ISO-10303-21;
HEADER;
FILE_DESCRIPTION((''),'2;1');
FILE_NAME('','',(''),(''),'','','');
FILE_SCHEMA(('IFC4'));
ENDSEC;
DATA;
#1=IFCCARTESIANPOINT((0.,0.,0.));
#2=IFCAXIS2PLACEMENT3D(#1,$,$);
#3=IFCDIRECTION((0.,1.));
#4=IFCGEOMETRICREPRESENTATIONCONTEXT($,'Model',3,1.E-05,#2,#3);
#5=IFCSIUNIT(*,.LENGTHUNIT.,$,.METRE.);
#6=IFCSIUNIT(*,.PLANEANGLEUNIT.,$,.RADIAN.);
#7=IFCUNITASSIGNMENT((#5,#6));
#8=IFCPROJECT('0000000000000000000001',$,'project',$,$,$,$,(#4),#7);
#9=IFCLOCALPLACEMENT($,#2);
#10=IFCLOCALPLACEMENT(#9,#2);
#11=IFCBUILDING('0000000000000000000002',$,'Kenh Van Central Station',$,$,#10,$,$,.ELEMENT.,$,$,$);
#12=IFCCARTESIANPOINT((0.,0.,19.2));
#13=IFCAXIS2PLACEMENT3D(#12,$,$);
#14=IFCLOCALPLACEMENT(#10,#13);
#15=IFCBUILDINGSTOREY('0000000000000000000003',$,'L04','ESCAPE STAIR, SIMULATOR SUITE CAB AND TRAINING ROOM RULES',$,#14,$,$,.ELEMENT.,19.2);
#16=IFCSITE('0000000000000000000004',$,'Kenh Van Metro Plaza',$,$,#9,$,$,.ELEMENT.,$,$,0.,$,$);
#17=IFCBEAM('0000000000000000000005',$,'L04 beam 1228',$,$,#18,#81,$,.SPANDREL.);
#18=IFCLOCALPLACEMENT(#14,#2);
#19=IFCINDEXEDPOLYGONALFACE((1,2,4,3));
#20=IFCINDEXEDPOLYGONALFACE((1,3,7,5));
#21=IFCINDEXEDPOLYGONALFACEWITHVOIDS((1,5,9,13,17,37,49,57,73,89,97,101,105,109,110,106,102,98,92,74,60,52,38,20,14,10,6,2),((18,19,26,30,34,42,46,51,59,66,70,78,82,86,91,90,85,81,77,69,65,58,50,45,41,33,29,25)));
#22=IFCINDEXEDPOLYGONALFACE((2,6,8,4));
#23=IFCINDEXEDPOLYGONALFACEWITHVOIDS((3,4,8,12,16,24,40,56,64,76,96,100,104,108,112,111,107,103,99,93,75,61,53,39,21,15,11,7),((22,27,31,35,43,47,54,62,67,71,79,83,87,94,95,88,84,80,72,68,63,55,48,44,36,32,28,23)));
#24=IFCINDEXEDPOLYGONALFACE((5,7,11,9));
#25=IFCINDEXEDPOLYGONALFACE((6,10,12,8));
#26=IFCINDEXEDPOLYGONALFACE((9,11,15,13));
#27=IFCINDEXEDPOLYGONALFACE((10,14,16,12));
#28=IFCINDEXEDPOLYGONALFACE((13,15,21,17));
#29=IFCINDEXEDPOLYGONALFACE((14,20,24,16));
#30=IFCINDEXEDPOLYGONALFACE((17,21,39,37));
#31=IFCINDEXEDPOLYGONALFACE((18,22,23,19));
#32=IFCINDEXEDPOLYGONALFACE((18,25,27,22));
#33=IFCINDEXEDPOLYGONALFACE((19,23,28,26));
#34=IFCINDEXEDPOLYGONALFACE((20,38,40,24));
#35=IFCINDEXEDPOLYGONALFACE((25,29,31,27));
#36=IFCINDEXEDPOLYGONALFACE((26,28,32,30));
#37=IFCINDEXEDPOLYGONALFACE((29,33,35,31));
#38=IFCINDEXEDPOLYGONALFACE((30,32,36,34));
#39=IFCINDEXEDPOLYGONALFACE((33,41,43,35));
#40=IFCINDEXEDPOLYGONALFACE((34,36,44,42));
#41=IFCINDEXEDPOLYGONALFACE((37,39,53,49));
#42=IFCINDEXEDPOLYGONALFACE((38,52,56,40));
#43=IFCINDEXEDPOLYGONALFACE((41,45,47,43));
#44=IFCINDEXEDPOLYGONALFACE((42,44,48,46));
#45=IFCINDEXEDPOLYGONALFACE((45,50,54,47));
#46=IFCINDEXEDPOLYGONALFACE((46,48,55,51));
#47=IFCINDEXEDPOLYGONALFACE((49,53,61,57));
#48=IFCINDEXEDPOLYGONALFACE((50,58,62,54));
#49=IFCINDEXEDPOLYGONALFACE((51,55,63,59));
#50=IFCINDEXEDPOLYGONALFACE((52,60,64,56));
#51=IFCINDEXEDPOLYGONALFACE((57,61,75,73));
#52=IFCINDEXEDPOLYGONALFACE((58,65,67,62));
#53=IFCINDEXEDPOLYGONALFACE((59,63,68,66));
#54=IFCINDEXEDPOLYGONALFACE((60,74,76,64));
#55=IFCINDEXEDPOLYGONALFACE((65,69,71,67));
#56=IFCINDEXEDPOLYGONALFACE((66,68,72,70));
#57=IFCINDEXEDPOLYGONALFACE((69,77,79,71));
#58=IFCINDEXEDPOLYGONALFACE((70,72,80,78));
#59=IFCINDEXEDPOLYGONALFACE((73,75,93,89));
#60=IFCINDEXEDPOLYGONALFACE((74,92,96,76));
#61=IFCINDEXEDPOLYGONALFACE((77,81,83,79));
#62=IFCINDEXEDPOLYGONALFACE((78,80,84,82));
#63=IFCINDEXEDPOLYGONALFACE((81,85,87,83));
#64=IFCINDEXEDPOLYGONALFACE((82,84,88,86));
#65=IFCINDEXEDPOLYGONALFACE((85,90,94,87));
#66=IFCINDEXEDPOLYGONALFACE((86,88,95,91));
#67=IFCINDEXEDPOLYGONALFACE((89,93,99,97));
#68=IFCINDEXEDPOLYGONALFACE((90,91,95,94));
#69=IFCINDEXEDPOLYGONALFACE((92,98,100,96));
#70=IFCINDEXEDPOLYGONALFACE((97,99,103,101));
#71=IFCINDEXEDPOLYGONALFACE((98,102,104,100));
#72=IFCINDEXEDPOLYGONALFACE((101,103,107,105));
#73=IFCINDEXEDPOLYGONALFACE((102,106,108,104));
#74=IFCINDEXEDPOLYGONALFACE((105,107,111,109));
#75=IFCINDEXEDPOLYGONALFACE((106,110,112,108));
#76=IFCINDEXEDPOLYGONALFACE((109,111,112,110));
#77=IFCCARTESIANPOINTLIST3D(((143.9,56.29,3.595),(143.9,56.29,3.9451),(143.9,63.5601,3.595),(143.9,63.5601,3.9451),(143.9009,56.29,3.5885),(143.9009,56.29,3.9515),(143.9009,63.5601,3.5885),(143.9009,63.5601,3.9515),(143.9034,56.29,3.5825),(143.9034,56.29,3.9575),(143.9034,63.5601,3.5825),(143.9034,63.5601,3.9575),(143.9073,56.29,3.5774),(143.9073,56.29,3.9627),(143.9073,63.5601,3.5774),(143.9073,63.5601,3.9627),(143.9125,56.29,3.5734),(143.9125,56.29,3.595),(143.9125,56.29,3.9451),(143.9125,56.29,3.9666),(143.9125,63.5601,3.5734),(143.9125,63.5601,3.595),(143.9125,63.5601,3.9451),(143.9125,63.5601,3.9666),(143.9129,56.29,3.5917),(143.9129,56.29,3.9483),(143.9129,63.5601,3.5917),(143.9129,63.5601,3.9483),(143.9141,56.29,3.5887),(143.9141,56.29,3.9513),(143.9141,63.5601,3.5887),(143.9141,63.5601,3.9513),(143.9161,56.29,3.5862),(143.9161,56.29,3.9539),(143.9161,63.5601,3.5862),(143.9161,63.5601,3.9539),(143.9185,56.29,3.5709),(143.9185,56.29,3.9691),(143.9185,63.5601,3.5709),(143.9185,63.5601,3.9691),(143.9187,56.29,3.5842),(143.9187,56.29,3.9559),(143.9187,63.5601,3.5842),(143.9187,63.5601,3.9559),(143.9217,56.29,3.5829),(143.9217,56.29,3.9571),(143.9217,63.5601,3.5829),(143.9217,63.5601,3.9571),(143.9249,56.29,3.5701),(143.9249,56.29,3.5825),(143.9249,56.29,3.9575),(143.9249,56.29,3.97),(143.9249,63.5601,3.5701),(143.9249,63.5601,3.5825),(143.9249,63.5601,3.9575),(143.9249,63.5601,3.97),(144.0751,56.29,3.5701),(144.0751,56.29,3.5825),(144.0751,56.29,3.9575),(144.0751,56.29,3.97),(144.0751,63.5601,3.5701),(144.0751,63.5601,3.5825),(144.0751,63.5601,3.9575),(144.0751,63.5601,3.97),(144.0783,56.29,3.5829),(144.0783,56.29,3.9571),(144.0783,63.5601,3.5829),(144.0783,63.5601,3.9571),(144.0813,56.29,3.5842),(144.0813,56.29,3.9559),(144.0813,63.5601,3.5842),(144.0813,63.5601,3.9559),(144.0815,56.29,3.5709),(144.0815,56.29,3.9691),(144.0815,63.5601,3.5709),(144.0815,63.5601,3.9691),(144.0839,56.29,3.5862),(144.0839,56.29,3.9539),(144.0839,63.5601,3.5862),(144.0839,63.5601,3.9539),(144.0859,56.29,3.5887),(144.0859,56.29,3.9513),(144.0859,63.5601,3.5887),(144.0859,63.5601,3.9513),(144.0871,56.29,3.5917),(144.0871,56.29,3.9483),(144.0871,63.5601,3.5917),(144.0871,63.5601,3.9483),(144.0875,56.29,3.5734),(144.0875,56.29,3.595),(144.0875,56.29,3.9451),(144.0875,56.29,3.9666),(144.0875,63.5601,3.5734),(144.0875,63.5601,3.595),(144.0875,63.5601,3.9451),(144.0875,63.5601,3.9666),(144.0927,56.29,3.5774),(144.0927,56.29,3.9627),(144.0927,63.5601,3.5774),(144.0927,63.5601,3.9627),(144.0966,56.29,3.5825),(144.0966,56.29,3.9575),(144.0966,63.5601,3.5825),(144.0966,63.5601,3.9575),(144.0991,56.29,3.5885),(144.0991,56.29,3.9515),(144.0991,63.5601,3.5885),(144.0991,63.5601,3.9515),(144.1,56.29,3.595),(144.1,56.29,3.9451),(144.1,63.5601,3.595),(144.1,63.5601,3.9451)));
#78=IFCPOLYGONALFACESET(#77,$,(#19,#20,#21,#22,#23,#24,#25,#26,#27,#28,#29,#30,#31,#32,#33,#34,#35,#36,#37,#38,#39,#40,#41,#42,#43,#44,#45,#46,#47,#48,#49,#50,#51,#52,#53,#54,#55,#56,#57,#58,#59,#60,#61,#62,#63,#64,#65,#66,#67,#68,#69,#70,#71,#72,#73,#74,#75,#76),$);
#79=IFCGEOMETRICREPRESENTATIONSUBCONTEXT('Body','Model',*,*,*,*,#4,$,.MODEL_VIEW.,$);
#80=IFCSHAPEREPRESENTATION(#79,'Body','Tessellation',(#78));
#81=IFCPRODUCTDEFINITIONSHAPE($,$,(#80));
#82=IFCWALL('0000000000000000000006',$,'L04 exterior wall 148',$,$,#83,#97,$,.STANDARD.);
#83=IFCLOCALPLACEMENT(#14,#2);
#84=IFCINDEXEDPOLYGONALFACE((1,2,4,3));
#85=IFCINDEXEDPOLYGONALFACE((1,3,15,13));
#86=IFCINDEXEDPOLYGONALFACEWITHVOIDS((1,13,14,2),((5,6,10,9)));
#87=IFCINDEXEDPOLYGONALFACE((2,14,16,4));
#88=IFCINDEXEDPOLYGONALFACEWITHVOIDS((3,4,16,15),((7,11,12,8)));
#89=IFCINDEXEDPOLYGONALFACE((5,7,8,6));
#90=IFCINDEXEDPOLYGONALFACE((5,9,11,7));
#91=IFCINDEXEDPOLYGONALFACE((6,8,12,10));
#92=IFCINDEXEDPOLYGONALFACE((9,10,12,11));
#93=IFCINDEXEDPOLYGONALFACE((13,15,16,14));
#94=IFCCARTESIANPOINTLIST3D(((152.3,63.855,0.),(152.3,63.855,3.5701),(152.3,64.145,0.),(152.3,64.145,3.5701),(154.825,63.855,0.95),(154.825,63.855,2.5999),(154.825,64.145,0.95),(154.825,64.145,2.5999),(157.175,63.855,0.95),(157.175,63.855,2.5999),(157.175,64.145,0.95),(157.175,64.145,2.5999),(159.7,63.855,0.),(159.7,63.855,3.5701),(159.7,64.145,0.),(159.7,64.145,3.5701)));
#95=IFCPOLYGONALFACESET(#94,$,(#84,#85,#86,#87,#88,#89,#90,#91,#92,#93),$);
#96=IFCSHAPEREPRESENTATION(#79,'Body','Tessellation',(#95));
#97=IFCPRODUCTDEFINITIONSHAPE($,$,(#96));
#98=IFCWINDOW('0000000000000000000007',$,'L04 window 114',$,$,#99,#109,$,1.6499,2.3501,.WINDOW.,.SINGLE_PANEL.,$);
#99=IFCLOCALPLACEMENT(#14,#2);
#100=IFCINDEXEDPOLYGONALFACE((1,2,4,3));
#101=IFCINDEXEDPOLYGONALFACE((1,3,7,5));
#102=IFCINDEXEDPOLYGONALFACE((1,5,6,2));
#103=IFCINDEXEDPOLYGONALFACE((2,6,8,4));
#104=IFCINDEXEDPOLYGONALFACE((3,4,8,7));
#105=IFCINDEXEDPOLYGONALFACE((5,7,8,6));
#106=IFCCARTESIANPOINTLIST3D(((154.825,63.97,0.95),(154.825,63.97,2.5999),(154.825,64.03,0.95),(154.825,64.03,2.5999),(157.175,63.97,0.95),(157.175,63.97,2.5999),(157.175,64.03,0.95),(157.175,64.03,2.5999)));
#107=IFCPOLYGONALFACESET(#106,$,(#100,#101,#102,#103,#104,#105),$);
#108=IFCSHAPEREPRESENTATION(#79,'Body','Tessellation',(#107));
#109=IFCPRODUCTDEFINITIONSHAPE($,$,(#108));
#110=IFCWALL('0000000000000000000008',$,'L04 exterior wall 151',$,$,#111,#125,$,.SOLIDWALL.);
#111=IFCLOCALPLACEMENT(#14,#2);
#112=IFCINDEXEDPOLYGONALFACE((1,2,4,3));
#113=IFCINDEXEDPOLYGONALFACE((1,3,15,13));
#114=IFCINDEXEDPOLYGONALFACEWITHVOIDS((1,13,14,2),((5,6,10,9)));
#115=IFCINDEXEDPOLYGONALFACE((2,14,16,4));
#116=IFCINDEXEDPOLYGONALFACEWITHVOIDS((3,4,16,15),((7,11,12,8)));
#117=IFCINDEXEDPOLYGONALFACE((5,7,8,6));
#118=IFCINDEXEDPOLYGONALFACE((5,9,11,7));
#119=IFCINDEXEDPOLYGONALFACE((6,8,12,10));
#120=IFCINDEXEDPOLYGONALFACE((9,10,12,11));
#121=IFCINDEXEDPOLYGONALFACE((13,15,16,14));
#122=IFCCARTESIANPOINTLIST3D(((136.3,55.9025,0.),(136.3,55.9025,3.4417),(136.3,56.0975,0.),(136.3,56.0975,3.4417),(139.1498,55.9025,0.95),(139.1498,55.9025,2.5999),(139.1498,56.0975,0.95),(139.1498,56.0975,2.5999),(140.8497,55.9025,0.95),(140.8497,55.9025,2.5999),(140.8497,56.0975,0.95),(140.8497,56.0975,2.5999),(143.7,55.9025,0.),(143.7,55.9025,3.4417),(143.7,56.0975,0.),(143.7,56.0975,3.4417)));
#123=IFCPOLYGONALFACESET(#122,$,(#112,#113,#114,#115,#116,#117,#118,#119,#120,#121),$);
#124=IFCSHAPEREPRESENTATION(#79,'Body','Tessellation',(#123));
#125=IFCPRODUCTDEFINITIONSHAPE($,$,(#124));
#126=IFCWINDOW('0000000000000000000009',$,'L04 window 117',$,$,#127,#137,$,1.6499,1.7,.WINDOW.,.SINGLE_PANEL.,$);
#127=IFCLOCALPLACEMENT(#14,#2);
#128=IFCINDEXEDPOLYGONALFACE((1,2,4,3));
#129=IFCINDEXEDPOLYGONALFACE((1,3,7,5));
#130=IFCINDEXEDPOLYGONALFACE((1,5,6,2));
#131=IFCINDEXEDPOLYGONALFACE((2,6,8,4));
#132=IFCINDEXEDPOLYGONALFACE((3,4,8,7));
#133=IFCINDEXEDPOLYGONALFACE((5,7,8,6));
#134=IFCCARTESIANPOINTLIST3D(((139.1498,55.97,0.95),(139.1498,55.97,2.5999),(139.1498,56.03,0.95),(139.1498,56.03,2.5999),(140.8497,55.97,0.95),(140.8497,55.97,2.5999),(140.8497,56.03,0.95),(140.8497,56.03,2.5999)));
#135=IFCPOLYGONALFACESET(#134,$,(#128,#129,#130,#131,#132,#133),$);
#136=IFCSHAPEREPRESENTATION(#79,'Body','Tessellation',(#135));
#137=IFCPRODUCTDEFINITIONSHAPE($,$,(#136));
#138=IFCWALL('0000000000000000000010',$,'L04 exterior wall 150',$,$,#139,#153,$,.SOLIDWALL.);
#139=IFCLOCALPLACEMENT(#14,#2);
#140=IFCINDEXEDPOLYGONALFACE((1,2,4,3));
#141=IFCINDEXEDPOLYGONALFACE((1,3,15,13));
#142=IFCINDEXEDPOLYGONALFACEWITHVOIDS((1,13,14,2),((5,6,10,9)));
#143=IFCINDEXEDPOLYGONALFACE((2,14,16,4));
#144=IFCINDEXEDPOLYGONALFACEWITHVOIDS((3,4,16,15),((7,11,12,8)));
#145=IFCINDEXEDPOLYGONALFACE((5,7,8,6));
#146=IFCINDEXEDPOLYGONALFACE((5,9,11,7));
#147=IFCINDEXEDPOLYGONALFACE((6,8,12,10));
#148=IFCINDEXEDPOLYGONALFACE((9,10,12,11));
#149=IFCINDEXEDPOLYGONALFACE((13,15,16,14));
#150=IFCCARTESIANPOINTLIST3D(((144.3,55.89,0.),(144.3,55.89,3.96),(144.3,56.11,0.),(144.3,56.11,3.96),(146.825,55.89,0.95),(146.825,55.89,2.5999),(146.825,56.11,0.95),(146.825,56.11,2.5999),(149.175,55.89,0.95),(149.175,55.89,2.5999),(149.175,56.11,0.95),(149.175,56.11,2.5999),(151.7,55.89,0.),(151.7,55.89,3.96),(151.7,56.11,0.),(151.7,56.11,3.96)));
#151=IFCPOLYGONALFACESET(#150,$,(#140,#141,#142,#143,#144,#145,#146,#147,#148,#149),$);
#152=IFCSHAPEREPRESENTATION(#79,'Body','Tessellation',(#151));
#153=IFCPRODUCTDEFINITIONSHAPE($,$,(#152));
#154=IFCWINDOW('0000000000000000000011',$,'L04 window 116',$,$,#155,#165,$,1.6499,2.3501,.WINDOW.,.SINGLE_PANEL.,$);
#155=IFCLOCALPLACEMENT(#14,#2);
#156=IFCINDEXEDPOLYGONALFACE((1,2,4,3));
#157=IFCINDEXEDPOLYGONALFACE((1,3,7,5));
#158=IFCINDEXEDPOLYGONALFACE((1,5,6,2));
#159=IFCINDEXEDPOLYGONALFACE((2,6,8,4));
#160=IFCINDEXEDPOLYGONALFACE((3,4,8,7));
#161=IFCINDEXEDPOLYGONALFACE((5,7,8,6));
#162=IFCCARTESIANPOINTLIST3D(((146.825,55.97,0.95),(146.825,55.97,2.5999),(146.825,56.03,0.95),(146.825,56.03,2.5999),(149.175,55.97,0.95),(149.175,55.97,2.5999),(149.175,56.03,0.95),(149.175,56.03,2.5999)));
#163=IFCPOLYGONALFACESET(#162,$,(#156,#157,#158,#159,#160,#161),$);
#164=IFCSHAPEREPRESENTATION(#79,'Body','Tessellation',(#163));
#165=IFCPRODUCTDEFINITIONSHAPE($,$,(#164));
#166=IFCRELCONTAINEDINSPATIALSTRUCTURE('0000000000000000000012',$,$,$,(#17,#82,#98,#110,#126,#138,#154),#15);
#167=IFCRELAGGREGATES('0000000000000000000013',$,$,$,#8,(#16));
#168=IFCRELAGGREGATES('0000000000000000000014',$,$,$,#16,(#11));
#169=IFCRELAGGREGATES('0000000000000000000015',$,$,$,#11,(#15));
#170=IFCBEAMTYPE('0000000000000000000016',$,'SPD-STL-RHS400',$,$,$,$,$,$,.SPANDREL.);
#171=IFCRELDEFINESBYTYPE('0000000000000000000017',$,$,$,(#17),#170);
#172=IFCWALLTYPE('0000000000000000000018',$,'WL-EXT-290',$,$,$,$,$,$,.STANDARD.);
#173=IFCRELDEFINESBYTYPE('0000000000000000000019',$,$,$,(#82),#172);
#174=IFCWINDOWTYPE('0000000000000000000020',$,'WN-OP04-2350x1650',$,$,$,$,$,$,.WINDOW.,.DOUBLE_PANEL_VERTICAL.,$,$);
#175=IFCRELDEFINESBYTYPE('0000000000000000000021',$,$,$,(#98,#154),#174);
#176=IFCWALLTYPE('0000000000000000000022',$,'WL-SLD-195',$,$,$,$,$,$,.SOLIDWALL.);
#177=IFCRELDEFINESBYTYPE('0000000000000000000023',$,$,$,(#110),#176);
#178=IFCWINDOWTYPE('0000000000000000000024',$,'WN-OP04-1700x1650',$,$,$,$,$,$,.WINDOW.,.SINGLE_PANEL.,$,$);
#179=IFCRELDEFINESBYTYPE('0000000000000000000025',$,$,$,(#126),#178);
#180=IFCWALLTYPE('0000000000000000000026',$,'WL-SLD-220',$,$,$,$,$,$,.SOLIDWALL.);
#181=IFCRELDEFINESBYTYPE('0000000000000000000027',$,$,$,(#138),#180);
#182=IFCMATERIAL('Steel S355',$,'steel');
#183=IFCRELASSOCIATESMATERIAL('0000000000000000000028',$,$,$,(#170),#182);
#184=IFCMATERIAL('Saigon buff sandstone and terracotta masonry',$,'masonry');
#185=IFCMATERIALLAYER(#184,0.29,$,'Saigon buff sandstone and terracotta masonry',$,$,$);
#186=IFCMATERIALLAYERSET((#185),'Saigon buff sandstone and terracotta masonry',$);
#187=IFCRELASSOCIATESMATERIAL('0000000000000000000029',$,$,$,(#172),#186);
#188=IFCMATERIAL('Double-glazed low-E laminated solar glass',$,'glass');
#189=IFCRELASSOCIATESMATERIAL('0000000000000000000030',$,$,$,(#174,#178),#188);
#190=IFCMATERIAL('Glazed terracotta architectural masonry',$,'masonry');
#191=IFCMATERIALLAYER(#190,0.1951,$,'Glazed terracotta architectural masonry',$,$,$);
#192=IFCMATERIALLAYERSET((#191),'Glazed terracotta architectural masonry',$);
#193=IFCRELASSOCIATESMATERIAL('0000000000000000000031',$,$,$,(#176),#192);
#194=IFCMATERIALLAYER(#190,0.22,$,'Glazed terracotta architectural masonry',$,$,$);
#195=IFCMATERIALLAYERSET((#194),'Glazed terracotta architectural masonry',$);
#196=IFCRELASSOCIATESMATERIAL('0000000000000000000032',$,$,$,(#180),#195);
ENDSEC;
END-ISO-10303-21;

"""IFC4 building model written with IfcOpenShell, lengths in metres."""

from ifc_helpers import new_model, si_unit, direction, frame, frame_2d, origin, origin_2d, place, context, subcontext, project, spatial, rectangle, hollow_rectangle, extrude, material, layer, layer_set, material_profile, profile_set, type_object, element, fill, save


model = new_model("IFC4")

# Units and contexts
model_context = context("Model", 3, precision=1e-05, world=origin(), true_north=direction((0.0, 1.0)))
body_context = subcontext(model_context, "Body", "Model", "MODEL_VIEW")
ifc_project = project(units=[si_unit("LENGTHUNIT", "METRE"), si_unit("PLANEANGLEUNIT", "RADIAN")], contexts=[model_context])

# Site, building, storey
site_placement = place(None, origin())
site = spatial("IfcSite", under=ifc_project, at=site_placement, Name="Kenh Van Metro Plaza", CompositionType="ELEMENT", RefElevation=0.0)
building_placement = place(site_placement, origin())
building = spatial("IfcBuilding", under=site, at=building_placement, Name="Kenh Van Central Station", CompositionType="ELEMENT")
storey_placement = place(building_placement, frame((0.0, 0.0, 19.2)))
storey = spatial("IfcBuildingStorey", under=building, at=storey_placement, Name="L04", Description="ESCAPE STAIR, SIMULATOR SUITE CAB AND TRAINING ROOM RULES", CompositionType="ELEMENT", Elevation=19.2)

# Beam
ifc_material_1 = material(Name="Steel S355", Category="steel")
ifc_material_profile_1 = material_profile(ifc_material_1, hollow_rectangle(XDim=0.2, YDim=0.3999, WallThickness=0.0125, InnerFilletRadius=0.0125, OuterFilletRadius=0.0249, at=origin_2d()), Name="RHS 400x200x12.5")
ifc_profile_set_1 = profile_set([ifc_material_profile_1], Name="Steel S355")
beam_type_1 = type_object("IfcBeamType", Name="SPD-STL-RHS400", PredefinedType="SPANDREL", material=ifc_profile_set_1)
beam_1_placement = place(storey_placement, frame((144.0, 56.29, 3.77), z_axis=(0.0, 1.0, 0.0), x_axis=(-1.0, 0.0, 0.0)))
element("IfcBeam", 1, at=beam_1_placement, inside=storey, type_object=beam_type_1, Name="L04 beam 1228", PredefinedType="SPANDREL", context=body_context, shape_type="SweptSolid", body=[
    extrude(hollow_rectangle(XDim=0.2, YDim=0.3999, WallThickness=0.0125, InnerFilletRadius=0.0125, OuterFilletRadius=0.0249, at=origin_2d()), origin(), (0.0, 0.0, 1.0), 7.27),
])

# Walls, openings, windows
ifc_material_2 = material(Name="Saigon buff sandstone and terracotta masonry", Category="masonry")
ifc_layer_1 = layer(ifc_material_2, 0.29, Name="Saigon buff sandstone and terracotta masonry")
ifc_layer_set_1 = layer_set([ifc_layer_1], Name="Saigon buff sandstone and terracotta masonry")
wall_type_1 = type_object("IfcWallType", Name="WL-EXT-290", PredefinedType="STANDARD", material=ifc_layer_set_1)
wall_1_placement = place(storey_placement, frame((159.7, 64.0, 0.0), z_axis=(0.0, 0.0, 1.0), x_axis=(-1.0, 0.0, 0.0)))
wall_1 = element("IfcWall", 2, at=wall_1_placement, inside=storey, type_object=wall_type_1, Name="L04 exterior wall 148", PredefinedType="STANDARD", context=body_context, shape_type="SweptSolid", body=[
    extrude(rectangle(XDim=7.3999, YDim=0.29, at=frame_2d((3.7, 0.0))), origin(), (0.0, 0.0, 1.0), 3.5701),
])
opening_1_placement = place(wall_1_placement, frame((2.5249, 0.0, 0.95)))
opening_1 = element("IfcOpeningElement", 3, at=opening_1_placement, cuts=wall_1, PredefinedType="OPENING", context=body_context, shape_type="SweptSolid", body=[
    extrude(rectangle(XDim=2.3501, YDim=1.6499, at=frame_2d((1.175, 0.825))), frame((0.0, 0.155, 0.0), z_axis=(0.0, -1.0, 0.0), x_axis=(1.0, 0.0, 0.0)), (0.0, 0.0, 1.0), 0.3101),
])
ifc_material_3 = material(Name="Double-glazed low-E laminated solar glass", Category="glass")
window_type_1 = type_object("IfcWindowType", Name="WN-OP04-2350x1650", PartitioningType="DOUBLE_PANEL_VERTICAL", PredefinedType="WINDOW", material=ifc_material_3)
window_1_placement = place(opening_1_placement, origin())
window_1 = element("IfcWindow", 4, at=window_1_placement, inside=storey, type_object=window_type_1, Name="L04 window 114", OverallHeight=1.6499, OverallWidth=2.3501, PartitioningType="SINGLE_PANEL", PredefinedType="WINDOW", context=body_context, shape_type="SweptSolid", body=[
    extrude(rectangle(XDim=2.3501, YDim=1.6499, at=frame_2d((1.175, 0.825))), frame((0.0, 0.03, 0.0), z_axis=(0.0, -1.0, 0.0), x_axis=(1.0, 0.0, 0.0)), (0.0, 0.0, 1.0), 0.0601),
])
fill(opening_1, window_1)
ifc_material_4 = material(Name="Glazed terracotta architectural masonry", Category="masonry")
ifc_layer_2 = layer(ifc_material_4, 0.1951, Name="Glazed terracotta architectural masonry")
ifc_layer_set_2 = layer_set([ifc_layer_2], Name="Glazed terracotta architectural masonry")
wall_type_2 = type_object("IfcWallType", Name="WL-SLD-195", PredefinedType="SOLIDWALL", material=ifc_layer_set_2)
wall_2_placement = place(storey_placement, frame((143.7, 56.0, 0.0), z_axis=(0.0, 0.0, 1.0), x_axis=(-1.0, 0.0, 0.0)))
wall_2 = element("IfcWall", 5, at=wall_2_placement, inside=storey, type_object=wall_type_2, Name="L04 exterior wall 151", PredefinedType="SOLIDWALL", context=body_context, shape_type="SweptSolid", body=[
    extrude(rectangle(XDim=7.3999, YDim=0.1951, at=frame_2d((3.7, 0.0))), origin(), (0.0, 0.0, 1.0), 3.4417),
])
opening_2_placement = place(wall_2_placement, frame((2.8501, 0.0, 0.95)))
opening_2 = element("IfcOpeningElement", 6, at=opening_2_placement, cuts=wall_2, PredefinedType="OPENING", context=body_context, shape_type="SweptSolid", body=[
    extrude(rectangle(XDim=1.7, YDim=1.6499, at=frame_2d((0.8501, 0.825))), frame((0.0, 0.1074, 0.0), z_axis=(0.0, -1.0, 0.0), x_axis=(1.0, 0.0, 0.0)), (0.0, 0.0, 1.0), 0.2151),
])
window_type_2 = type_object("IfcWindowType", Name="WN-OP04-1700x1650", PartitioningType="SINGLE_PANEL", PredefinedType="WINDOW", material=ifc_material_3)
window_2_placement = place(opening_2_placement, origin())
window_2 = element("IfcWindow", 7, at=window_2_placement, inside=storey, type_object=window_type_2, Name="L04 window 117", OverallHeight=1.6499, OverallWidth=1.7, PartitioningType="SINGLE_PANEL", PredefinedType="WINDOW", context=body_context, shape_type="SweptSolid", body=[
    extrude(rectangle(XDim=1.7, YDim=1.6499, at=frame_2d((0.8501, 0.825))), frame((0.0, 0.03, 0.0), z_axis=(0.0, -1.0, 0.0), x_axis=(1.0, 0.0, 0.0)), (0.0, 0.0, 1.0), 0.0601),
])
fill(opening_2, window_2)
ifc_layer_3 = layer(ifc_material_4, 0.22, Name="Glazed terracotta architectural masonry")
ifc_layer_set_3 = layer_set([ifc_layer_3], Name="Glazed terracotta architectural masonry")
wall_type_3 = type_object("IfcWallType", Name="WL-SLD-220", PredefinedType="SOLIDWALL", material=ifc_layer_set_3)
wall_3_placement = place(storey_placement, frame((151.7, 56.0, 0.0), z_axis=(0.0, 0.0, 1.0), x_axis=(-1.0, 0.0, 0.0)))
wall_3 = element("IfcWall", 8, at=wall_3_placement, inside=storey, type_object=wall_type_3, Name="L04 exterior wall 150", PredefinedType="SOLIDWALL", context=body_context, shape_type="SweptSolid", body=[
    extrude(rectangle(XDim=7.3999, YDim=0.22, at=frame_2d((3.7, 0.0))), origin(), (0.0, 0.0, 1.0), 3.96),
])
opening_3_placement = place(wall_3_placement, frame((2.5249, 0.0, 0.95)))
opening_3 = element("IfcOpeningElement", 9, at=opening_3_placement, cuts=wall_3, PredefinedType="OPENING", context=body_context, shape_type="SweptSolid", body=[
    extrude(rectangle(XDim=2.3501, YDim=1.6499, at=frame_2d((1.175, 0.825))), frame((0.0, 0.1199, 0.0), z_axis=(0.0, -1.0, 0.0), x_axis=(1.0, 0.0, 0.0)), (0.0, 0.0, 1.0), 0.24),
])
window_3_placement = place(opening_3_placement, origin())
window_3 = element("IfcWindow", 10, at=window_3_placement, inside=storey, type_object=window_type_1, Name="L04 window 116", OverallHeight=1.6499, OverallWidth=2.3501, PartitioningType="SINGLE_PANEL", PredefinedType="WINDOW", context=body_context, shape_type="SweptSolid", body=[
    extrude(rectangle(XDim=2.3501, YDim=1.6499, at=frame_2d((1.175, 0.825))), frame((0.0, 0.03, 0.0), z_axis=(0.0, -1.0, 0.0), x_axis=(1.0, 0.0, 0.0)), (0.0, 0.0, 1.0), 0.0601),
])
fill(opening_3, window_3)

save(model, "model.ifc")
